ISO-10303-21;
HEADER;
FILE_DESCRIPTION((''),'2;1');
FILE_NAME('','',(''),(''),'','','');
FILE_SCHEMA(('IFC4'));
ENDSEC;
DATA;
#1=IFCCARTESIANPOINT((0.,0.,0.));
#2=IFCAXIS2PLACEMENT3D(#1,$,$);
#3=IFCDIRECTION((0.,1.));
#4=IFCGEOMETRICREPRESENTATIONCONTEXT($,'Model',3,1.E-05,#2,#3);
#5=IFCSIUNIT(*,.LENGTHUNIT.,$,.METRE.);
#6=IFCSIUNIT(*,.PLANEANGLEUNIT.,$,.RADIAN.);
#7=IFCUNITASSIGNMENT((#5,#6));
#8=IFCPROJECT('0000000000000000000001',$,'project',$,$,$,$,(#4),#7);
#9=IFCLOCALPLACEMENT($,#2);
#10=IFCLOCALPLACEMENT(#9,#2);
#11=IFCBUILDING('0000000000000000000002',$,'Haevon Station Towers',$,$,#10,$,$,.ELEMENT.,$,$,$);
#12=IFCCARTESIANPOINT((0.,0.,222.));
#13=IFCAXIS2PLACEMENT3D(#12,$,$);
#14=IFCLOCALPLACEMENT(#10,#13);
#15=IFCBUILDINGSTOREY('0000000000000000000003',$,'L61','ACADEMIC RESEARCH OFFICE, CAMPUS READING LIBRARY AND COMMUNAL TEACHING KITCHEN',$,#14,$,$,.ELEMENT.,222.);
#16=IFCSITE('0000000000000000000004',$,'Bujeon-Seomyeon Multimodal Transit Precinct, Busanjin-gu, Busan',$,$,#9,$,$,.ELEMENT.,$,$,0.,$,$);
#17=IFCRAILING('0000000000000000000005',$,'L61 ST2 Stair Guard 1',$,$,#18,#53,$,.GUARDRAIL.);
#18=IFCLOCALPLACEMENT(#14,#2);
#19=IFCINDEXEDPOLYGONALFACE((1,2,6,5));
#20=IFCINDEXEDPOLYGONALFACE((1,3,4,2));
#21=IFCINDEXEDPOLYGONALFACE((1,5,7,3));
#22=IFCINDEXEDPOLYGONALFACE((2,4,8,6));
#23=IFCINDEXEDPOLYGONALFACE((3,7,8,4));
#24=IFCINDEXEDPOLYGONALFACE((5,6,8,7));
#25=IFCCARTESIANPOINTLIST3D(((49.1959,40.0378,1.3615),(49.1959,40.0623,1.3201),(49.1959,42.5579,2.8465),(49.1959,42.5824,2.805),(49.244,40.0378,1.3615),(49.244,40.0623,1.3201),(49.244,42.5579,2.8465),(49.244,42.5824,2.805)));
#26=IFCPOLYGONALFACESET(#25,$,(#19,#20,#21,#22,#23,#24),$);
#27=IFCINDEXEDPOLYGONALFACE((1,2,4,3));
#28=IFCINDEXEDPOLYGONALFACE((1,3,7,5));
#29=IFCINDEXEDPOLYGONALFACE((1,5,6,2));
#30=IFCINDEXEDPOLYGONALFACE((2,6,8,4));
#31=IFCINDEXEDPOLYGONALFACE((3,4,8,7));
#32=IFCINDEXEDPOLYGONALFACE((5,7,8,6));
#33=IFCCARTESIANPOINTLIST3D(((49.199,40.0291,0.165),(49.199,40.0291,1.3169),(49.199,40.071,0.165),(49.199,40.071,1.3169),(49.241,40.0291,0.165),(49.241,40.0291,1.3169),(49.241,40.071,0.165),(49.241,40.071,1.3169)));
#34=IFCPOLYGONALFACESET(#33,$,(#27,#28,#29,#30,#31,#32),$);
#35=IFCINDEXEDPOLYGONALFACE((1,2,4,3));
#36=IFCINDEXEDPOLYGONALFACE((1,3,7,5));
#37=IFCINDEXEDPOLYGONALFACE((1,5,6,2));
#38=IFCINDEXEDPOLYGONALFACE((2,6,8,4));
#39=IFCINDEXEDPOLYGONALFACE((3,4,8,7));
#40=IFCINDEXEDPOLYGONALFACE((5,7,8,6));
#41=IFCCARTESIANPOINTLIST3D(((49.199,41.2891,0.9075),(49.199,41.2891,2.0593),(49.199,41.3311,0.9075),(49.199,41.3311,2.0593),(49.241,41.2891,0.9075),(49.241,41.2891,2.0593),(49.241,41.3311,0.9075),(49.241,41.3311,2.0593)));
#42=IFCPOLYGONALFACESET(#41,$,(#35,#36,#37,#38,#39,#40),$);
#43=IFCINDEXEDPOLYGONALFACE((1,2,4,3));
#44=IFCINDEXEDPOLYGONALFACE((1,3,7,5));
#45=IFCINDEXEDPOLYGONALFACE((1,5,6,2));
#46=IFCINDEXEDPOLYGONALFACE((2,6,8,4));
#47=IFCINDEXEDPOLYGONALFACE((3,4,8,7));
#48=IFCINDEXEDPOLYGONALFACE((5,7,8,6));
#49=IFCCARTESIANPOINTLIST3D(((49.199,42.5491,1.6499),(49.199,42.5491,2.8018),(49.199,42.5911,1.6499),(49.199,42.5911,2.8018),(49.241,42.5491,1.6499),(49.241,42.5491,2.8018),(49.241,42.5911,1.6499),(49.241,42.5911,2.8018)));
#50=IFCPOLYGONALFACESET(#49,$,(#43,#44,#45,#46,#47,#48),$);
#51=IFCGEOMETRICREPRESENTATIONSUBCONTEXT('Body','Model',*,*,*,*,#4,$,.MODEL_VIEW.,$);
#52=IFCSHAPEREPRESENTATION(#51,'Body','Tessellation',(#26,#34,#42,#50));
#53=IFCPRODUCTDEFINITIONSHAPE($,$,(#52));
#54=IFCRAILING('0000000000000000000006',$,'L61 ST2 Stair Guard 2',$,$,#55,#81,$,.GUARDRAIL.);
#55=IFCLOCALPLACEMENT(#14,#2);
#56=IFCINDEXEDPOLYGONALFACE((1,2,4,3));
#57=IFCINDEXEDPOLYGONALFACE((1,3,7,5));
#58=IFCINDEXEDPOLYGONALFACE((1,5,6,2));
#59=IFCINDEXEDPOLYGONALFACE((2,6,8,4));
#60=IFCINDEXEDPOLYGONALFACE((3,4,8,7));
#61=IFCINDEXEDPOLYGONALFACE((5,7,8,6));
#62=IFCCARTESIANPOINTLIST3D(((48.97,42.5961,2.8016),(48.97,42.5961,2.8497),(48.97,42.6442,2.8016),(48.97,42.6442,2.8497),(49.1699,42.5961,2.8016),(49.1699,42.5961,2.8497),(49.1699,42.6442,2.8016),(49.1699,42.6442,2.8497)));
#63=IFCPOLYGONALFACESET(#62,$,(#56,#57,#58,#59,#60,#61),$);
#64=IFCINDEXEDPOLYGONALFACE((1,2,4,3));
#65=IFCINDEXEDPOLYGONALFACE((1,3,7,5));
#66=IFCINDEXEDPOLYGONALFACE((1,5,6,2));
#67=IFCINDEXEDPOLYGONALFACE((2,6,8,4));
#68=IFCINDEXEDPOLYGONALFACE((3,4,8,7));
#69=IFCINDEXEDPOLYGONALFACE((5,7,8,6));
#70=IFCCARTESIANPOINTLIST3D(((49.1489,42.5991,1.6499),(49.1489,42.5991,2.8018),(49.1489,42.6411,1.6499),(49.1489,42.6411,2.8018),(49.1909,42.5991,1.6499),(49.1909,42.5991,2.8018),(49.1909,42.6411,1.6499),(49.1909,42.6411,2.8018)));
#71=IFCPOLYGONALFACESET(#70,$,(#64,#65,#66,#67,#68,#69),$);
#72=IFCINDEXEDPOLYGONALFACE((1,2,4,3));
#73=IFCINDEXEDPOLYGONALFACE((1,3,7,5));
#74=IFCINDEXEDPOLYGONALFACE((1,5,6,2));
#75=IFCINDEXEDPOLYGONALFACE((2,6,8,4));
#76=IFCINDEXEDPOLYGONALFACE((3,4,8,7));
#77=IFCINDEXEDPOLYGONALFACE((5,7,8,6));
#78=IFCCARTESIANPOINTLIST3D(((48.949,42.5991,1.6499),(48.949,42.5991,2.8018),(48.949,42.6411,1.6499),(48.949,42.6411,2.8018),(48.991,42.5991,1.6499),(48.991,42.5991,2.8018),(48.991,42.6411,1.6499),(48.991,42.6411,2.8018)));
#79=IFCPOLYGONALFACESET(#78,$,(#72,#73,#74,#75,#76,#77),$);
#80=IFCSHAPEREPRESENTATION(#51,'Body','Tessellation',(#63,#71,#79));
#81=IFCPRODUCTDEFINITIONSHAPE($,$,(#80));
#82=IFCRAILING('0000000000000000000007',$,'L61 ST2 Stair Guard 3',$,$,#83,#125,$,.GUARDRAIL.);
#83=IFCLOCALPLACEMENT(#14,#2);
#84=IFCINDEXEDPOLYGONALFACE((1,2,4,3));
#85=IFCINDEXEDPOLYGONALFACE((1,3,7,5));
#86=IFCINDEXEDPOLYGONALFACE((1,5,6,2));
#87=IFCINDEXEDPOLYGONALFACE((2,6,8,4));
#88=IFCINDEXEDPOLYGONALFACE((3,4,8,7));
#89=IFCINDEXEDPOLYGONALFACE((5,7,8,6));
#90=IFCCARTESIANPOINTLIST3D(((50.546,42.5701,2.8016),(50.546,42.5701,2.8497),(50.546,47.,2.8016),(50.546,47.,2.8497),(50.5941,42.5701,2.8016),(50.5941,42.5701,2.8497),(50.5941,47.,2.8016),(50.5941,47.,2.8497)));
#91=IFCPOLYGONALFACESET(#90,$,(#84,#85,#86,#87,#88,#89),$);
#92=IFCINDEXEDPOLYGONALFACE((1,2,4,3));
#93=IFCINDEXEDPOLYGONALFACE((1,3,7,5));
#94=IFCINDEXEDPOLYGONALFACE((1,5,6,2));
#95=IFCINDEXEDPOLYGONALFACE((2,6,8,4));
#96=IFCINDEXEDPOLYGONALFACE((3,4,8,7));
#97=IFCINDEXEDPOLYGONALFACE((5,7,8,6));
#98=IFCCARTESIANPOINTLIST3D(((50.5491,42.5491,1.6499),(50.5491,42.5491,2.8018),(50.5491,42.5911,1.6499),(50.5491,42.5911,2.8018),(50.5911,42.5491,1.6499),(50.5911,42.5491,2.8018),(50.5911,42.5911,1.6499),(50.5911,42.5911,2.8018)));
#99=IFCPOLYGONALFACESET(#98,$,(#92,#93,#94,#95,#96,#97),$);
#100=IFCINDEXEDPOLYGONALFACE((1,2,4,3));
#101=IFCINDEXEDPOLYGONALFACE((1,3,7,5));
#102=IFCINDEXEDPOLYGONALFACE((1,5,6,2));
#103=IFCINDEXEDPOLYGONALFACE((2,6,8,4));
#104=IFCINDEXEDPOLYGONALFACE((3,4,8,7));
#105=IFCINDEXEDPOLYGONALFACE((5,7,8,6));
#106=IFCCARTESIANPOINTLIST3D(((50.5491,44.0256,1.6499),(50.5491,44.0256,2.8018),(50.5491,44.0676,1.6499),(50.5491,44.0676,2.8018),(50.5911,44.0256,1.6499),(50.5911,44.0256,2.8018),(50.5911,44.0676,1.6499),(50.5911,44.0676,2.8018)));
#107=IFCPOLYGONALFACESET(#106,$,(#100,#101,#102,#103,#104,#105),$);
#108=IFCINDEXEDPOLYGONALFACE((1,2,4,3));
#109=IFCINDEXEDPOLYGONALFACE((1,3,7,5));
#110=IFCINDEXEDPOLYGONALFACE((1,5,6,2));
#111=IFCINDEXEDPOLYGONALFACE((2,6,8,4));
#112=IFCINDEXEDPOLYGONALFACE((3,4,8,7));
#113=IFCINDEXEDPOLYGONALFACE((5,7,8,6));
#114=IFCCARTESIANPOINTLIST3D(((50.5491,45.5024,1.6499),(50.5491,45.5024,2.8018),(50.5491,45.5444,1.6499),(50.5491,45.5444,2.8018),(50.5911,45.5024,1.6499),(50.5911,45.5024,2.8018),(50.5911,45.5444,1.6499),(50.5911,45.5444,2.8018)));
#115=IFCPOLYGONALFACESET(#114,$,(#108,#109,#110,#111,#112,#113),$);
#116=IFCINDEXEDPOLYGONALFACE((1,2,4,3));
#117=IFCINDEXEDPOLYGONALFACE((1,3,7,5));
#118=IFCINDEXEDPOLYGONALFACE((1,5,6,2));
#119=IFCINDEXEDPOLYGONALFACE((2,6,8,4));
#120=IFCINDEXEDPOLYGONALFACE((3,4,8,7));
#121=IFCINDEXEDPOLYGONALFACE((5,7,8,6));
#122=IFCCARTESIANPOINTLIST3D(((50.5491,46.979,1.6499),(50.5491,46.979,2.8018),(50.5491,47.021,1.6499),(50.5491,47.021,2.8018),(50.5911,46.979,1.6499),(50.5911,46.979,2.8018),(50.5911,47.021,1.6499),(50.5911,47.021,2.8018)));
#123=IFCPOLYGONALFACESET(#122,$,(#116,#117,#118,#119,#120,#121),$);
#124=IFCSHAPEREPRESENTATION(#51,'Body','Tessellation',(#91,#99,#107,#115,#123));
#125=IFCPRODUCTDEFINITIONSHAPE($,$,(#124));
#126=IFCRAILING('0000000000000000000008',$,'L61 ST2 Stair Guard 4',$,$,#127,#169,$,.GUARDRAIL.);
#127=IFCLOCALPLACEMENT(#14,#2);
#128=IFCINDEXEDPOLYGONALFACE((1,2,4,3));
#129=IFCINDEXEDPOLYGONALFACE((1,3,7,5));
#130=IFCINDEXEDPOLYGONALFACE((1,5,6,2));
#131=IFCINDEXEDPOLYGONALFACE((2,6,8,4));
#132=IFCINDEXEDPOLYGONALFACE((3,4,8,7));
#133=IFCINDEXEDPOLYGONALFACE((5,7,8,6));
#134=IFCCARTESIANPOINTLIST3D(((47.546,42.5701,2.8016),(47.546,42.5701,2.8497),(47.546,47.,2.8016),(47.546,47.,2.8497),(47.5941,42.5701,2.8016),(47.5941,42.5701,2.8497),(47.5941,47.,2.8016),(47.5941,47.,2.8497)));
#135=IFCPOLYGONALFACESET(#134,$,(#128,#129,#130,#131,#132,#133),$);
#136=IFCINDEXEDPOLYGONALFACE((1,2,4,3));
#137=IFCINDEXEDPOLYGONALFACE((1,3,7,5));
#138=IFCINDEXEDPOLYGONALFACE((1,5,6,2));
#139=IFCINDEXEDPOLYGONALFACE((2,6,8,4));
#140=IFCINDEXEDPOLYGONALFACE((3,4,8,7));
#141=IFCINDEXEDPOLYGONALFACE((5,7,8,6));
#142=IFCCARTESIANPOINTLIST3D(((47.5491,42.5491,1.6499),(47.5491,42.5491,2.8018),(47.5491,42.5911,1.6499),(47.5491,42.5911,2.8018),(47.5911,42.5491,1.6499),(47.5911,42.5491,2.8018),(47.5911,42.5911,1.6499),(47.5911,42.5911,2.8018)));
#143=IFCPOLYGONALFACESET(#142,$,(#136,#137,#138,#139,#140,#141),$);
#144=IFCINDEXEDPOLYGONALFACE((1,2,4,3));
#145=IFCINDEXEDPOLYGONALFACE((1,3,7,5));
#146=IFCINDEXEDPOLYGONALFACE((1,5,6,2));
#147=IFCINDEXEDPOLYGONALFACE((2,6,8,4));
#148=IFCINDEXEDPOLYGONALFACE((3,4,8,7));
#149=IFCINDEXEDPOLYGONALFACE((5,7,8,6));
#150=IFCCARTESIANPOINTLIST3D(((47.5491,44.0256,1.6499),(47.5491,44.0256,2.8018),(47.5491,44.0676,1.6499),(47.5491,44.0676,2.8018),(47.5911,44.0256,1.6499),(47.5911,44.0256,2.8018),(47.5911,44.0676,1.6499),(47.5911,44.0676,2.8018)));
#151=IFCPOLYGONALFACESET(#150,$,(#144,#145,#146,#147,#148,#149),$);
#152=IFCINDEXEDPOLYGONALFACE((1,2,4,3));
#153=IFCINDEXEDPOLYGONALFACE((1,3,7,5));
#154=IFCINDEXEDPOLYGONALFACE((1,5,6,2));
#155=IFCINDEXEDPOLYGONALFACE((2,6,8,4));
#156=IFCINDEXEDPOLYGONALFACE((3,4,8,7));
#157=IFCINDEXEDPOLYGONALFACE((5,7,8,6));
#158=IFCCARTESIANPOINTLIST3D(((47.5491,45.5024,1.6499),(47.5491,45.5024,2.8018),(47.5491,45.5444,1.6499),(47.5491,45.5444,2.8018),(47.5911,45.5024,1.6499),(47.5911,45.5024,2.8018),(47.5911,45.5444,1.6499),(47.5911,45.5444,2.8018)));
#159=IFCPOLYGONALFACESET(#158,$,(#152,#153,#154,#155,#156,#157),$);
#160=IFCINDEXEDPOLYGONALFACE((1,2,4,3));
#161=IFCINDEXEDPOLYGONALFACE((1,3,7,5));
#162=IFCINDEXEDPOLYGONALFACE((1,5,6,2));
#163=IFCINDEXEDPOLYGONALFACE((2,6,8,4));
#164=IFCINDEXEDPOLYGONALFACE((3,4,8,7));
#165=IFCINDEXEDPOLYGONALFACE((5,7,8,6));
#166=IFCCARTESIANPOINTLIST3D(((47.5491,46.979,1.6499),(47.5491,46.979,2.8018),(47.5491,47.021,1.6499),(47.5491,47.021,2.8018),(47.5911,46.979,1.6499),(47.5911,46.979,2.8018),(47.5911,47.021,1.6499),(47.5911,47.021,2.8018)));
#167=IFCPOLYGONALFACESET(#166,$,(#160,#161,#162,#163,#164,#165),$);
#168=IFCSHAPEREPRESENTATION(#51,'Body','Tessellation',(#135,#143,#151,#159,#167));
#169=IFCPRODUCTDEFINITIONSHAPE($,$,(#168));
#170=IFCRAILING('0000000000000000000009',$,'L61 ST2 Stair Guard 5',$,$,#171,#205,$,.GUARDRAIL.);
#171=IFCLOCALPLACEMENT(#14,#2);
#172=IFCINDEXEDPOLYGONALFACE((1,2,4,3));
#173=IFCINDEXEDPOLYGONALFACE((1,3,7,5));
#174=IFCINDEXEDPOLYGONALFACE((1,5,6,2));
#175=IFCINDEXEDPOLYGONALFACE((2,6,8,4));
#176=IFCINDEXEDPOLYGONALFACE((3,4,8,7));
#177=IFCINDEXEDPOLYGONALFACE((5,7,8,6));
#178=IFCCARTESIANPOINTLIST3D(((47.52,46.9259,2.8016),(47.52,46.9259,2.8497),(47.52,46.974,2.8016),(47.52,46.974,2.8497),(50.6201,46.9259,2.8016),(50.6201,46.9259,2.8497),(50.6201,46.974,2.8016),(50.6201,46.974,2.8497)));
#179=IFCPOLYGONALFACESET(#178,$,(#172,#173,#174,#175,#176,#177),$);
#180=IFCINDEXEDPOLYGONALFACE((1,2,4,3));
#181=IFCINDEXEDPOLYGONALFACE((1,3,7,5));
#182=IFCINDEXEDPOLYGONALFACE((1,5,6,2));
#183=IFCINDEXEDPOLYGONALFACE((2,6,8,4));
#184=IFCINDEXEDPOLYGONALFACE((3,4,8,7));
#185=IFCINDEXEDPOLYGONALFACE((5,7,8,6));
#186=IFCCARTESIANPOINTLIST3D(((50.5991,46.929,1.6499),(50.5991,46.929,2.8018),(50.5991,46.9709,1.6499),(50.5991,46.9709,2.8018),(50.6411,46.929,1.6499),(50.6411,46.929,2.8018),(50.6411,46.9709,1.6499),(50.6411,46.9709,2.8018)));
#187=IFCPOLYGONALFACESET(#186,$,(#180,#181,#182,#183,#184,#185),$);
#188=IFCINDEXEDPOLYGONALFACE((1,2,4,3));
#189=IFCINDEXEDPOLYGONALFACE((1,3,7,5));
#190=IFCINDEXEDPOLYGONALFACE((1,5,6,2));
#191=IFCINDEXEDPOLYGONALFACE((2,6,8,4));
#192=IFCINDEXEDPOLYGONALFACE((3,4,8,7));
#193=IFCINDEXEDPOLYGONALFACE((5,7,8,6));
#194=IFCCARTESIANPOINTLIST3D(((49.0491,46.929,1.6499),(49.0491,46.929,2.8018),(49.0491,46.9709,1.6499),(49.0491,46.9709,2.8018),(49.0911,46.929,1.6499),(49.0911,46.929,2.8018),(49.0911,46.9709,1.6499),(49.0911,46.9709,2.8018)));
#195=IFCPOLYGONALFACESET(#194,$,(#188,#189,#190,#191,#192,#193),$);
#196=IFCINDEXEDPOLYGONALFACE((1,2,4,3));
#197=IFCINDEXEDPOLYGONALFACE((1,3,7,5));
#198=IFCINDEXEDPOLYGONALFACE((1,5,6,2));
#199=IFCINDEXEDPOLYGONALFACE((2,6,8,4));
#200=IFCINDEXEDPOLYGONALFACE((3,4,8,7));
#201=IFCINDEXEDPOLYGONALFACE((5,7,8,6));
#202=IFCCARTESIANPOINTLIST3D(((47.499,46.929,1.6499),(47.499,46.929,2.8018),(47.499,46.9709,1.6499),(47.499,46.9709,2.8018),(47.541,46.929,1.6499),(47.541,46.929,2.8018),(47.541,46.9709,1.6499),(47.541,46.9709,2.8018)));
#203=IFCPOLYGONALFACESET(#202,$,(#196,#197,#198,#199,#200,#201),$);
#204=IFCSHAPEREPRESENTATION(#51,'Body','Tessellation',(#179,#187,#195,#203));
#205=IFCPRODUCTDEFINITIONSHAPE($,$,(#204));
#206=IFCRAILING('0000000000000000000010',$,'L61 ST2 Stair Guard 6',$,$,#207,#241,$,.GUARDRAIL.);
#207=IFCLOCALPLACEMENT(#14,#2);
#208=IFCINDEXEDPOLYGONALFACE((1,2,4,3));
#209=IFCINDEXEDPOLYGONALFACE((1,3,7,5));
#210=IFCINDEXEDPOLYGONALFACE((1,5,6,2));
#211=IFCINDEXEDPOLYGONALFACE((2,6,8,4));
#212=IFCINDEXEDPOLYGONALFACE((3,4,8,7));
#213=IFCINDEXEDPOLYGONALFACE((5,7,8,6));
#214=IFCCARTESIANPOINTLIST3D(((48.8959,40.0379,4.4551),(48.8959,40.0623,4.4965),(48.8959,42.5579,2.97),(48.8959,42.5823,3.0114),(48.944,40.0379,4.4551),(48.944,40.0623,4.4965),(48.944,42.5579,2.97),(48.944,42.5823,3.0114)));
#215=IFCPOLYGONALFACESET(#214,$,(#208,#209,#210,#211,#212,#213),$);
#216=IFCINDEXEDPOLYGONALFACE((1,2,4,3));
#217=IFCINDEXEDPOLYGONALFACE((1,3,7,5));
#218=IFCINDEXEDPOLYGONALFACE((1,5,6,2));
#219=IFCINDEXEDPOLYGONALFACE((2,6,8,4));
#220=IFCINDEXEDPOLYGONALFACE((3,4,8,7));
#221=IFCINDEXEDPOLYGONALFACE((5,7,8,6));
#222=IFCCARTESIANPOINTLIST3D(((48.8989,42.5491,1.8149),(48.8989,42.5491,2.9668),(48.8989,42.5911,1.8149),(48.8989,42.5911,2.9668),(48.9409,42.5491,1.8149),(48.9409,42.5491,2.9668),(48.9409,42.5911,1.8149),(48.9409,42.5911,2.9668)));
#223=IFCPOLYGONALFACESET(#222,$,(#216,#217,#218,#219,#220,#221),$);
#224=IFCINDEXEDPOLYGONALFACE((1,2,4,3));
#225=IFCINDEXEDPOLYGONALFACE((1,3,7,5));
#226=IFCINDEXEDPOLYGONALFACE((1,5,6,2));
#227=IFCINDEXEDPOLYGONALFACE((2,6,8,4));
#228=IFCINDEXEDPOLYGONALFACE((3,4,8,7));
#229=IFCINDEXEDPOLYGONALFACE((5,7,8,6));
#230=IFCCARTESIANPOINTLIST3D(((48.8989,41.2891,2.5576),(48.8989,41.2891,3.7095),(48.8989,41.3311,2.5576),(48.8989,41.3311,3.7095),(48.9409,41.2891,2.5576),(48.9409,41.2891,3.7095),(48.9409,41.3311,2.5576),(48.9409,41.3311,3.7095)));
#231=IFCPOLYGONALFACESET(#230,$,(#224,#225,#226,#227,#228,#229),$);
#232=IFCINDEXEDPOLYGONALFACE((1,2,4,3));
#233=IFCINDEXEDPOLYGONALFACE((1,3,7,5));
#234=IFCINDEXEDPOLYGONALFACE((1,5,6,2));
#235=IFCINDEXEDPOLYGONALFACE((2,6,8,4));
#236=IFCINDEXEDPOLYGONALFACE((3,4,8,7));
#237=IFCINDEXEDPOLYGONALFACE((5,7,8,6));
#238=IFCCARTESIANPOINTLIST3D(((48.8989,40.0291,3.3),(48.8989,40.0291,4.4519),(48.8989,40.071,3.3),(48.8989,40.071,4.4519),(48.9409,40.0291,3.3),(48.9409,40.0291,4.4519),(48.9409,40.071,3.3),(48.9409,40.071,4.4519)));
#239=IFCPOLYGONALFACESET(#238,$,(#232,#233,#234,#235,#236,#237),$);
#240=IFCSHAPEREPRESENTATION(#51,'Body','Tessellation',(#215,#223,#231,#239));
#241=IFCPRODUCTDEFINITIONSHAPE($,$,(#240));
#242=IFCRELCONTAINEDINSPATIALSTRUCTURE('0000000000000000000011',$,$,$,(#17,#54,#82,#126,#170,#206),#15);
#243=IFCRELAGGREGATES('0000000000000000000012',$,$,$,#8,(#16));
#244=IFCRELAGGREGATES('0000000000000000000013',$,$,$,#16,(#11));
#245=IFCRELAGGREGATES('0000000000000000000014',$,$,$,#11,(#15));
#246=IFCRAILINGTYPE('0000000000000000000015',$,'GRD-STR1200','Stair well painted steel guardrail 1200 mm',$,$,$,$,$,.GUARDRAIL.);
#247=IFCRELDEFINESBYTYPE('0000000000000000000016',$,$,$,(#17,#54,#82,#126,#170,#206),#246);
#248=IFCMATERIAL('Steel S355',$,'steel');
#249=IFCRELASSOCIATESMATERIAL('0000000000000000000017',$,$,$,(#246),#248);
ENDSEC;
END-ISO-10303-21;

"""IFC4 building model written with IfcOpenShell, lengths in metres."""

from ifc_helpers import new_model, si_unit, direction, frame, origin, origin_2d, place, context, subcontext, project, spatial, rectangle, extrude, material, type_object, element, save


model = new_model("IFC4")

# Units and contexts
model_context = context("Model", 3, precision=1e-05, world=origin(), true_north=direction((0.0, 1.0)))
body_context = subcontext(model_context, "Body", "Model", "MODEL_VIEW")
ifc_project = project(units=[si_unit("LENGTHUNIT", "METRE"), si_unit("PLANEANGLEUNIT", "RADIAN")], contexts=[model_context])

# Site, building, storey
site_placement = place(None, origin())
site = spatial("IfcSite", under=ifc_project, at=site_placement, Name="Bujeon-Seomyeon Multimodal Transit Precinct, Busanjin-gu, Busan", CompositionType="ELEMENT", RefElevation=0.0)
building_placement = place(site_placement, origin())
building = spatial("IfcBuilding", under=site, at=building_placement, Name="Haevon Station Towers", CompositionType="ELEMENT")
storey_placement = place(building_placement, frame((0.0, 0.0, 222.0)))
storey = spatial("IfcBuildingStorey", under=building, at=storey_placement, Name="L61", Description="ACADEMIC RESEARCH OFFICE, CAMPUS READING LIBRARY AND COMMUNAL TEACHING KITCHEN", CompositionType="ELEMENT", Elevation=222.0)

# Shared definitions
ifc_material_1 = material(Name="Steel S355", Category="steel")

# Railings
railing_type_1 = type_object("IfcRailingType", Name="GRD-STR1200", Description="Stair well painted steel guardrail 1200 mm", PredefinedType="GUARDRAIL", material=ifc_material_1)
railing_1_placement = place(storey_placement, frame((49.22, 40.05, 0.165)))
element("IfcRailing", 1, at=railing_1_placement, inside=storey, type_object=railing_type_1, Name="L61 ST2 Stair Guard 1", PredefinedType="GUARDRAIL", context=body_context, shape_type="SweptSolid", body=[
    extrude(rectangle(XDim=0.0481, YDim=0.0481, at=origin_2d()), frame((0.0, 0.0, 1.1758), z_axis=(0.0, 0.861561, 0.507655), x_axis=(-1.0, 0.0, 0.0)), (0.0, 0.0, 1.0), 2.925),
    extrude(rectangle(XDim=0.042, YDim=0.042, at=origin_2d()), origin(), (0.0, 0.0, 1.0), 1.1519),
    extrude(rectangle(XDim=0.042, YDim=0.042, at=origin_2d()), frame((0.0, 1.26, 0.7424)), (0.0, 0.0, 1.0), 1.1519),
    extrude(rectangle(XDim=0.042, YDim=0.042, at=origin_2d()), frame((0.0, 2.52, 1.4849)), (0.0, 0.0, 1.0), 1.1519),
])
railing_2_placement = place(storey_placement, frame((49.1699, 42.6201, 1.6499)))
element("IfcRailing", 2, at=railing_2_placement, inside=storey, type_object=railing_type_1, Name="L61 ST2 Stair Guard 2", PredefinedType="GUARDRAIL", context=body_context, shape_type="SweptSolid", body=[
    extrude(rectangle(XDim=0.0481, YDim=0.0481, at=origin_2d()), frame((0.0, 0.0, 1.1758), z_axis=(-1.0, 0.0, 0.0), x_axis=(0.0, -1.0, 0.0)), (0.0, 0.0, 1.0), 0.2),
    extrude(rectangle(XDim=0.042, YDim=0.042, at=origin_2d()), origin(), (0.0, 0.0, 1.0), 1.1519),
    extrude(rectangle(XDim=0.042, YDim=0.042, at=origin_2d()), frame((-0.2, 0.0, 0.0)), (0.0, 0.0, 1.0), 1.1519),
])
for number, where, name in (
    (3, (50.5701, 42.5701, 1.6499), "L61 ST2 Stair Guard 3"),
    (4, (47.5701, 42.5701, 1.6499), "L61 ST2 Stair Guard 4"),
):
    element("IfcRailing", number, at=place(storey_placement, frame(where)), inside=storey, type_object=railing_type_1, Name=name, PredefinedType="GUARDRAIL", context=body_context, shape_type="SweptSolid", body=[
        extrude(rectangle(XDim=0.0481, YDim=0.0481, at=origin_2d()), frame((0.0, 0.0, 1.1758), z_axis=(0.0, 1.0, 0.0), x_axis=(-1.0, 0.0, 0.0)), (0.0, 0.0, 1.0), 4.4299),
        extrude(rectangle(XDim=0.042, YDim=0.042, at=origin_2d()), origin(), (0.0, 0.0, 1.0), 1.1519),
        extrude(rectangle(XDim=0.042, YDim=0.042, at=origin_2d()), frame((0.0, 1.4766, 0.0)), (0.0, 0.0, 1.0), 1.1519),
        extrude(rectangle(XDim=0.042, YDim=0.042, at=origin_2d()), frame((0.0, 2.9534, 0.0)), (0.0, 0.0, 1.0), 1.1519),
        extrude(rectangle(XDim=0.042, YDim=0.042, at=origin_2d()), frame((0.0, 4.4299, 0.0)), (0.0, 0.0, 1.0), 1.1519),
    ])
railing_3_placement = place(storey_placement, frame((50.6201, 46.95, 1.6499)))
element("IfcRailing", 5, at=railing_3_placement, inside=storey, type_object=railing_type_1, Name="L61 ST2 Stair Guard 5", PredefinedType="GUARDRAIL", context=body_context, shape_type="SweptSolid", body=[
    extrude(rectangle(XDim=0.0481, YDim=0.0481, at=origin_2d()), frame((0.0, 0.0, 1.1758), z_axis=(-1.0, 0.0, 0.0), x_axis=(0.0, -1.0, 0.0)), (0.0, 0.0, 1.0), 3.1001),
    extrude(rectangle(XDim=0.042, YDim=0.042, at=origin_2d()), origin(), (0.0, 0.0, 1.0), 1.1519),
    extrude(rectangle(XDim=0.042, YDim=0.042, at=origin_2d()), frame((-1.55, 0.0, 0.0)), (0.0, 0.0, 1.0), 1.1519),
    extrude(rectangle(XDim=0.042, YDim=0.042, at=origin_2d()), frame((-3.1001, 0.0, 0.0)), (0.0, 0.0, 1.0), 1.1519),
])
railing_4_placement = place(storey_placement, frame((48.9199, 42.5701, 1.8149)))
element("IfcRailing", 6, at=railing_4_placement, inside=storey, type_object=railing_type_1, Name="L61 ST2 Stair Guard 6", PredefinedType="GUARDRAIL", context=body_context, shape_type="SweptSolid", body=[
    extrude(rectangle(XDim=0.0481, YDim=0.0481, at=origin_2d()), frame((0.0, 0.0, 1.1758), z_axis=(0.0, -0.861524, 0.507717), x_axis=(1.0, 0.0, 0.0)), (0.0, 0.0, 1.0), 2.925),
    extrude(rectangle(XDim=0.042, YDim=0.042, at=origin_2d()), origin(), (0.0, 0.0, 1.0), 1.1519),
    extrude(rectangle(XDim=0.042, YDim=0.042, at=origin_2d()), frame((0.0, -1.26, 0.7427)), (0.0, 0.0, 1.0), 1.1519),
    extrude(rectangle(XDim=0.042, YDim=0.042, at=origin_2d()), frame((0.0, -2.52, 1.4851)), (0.0, 0.0, 1.0), 1.1519),
])

save(model, "model.ifc")
